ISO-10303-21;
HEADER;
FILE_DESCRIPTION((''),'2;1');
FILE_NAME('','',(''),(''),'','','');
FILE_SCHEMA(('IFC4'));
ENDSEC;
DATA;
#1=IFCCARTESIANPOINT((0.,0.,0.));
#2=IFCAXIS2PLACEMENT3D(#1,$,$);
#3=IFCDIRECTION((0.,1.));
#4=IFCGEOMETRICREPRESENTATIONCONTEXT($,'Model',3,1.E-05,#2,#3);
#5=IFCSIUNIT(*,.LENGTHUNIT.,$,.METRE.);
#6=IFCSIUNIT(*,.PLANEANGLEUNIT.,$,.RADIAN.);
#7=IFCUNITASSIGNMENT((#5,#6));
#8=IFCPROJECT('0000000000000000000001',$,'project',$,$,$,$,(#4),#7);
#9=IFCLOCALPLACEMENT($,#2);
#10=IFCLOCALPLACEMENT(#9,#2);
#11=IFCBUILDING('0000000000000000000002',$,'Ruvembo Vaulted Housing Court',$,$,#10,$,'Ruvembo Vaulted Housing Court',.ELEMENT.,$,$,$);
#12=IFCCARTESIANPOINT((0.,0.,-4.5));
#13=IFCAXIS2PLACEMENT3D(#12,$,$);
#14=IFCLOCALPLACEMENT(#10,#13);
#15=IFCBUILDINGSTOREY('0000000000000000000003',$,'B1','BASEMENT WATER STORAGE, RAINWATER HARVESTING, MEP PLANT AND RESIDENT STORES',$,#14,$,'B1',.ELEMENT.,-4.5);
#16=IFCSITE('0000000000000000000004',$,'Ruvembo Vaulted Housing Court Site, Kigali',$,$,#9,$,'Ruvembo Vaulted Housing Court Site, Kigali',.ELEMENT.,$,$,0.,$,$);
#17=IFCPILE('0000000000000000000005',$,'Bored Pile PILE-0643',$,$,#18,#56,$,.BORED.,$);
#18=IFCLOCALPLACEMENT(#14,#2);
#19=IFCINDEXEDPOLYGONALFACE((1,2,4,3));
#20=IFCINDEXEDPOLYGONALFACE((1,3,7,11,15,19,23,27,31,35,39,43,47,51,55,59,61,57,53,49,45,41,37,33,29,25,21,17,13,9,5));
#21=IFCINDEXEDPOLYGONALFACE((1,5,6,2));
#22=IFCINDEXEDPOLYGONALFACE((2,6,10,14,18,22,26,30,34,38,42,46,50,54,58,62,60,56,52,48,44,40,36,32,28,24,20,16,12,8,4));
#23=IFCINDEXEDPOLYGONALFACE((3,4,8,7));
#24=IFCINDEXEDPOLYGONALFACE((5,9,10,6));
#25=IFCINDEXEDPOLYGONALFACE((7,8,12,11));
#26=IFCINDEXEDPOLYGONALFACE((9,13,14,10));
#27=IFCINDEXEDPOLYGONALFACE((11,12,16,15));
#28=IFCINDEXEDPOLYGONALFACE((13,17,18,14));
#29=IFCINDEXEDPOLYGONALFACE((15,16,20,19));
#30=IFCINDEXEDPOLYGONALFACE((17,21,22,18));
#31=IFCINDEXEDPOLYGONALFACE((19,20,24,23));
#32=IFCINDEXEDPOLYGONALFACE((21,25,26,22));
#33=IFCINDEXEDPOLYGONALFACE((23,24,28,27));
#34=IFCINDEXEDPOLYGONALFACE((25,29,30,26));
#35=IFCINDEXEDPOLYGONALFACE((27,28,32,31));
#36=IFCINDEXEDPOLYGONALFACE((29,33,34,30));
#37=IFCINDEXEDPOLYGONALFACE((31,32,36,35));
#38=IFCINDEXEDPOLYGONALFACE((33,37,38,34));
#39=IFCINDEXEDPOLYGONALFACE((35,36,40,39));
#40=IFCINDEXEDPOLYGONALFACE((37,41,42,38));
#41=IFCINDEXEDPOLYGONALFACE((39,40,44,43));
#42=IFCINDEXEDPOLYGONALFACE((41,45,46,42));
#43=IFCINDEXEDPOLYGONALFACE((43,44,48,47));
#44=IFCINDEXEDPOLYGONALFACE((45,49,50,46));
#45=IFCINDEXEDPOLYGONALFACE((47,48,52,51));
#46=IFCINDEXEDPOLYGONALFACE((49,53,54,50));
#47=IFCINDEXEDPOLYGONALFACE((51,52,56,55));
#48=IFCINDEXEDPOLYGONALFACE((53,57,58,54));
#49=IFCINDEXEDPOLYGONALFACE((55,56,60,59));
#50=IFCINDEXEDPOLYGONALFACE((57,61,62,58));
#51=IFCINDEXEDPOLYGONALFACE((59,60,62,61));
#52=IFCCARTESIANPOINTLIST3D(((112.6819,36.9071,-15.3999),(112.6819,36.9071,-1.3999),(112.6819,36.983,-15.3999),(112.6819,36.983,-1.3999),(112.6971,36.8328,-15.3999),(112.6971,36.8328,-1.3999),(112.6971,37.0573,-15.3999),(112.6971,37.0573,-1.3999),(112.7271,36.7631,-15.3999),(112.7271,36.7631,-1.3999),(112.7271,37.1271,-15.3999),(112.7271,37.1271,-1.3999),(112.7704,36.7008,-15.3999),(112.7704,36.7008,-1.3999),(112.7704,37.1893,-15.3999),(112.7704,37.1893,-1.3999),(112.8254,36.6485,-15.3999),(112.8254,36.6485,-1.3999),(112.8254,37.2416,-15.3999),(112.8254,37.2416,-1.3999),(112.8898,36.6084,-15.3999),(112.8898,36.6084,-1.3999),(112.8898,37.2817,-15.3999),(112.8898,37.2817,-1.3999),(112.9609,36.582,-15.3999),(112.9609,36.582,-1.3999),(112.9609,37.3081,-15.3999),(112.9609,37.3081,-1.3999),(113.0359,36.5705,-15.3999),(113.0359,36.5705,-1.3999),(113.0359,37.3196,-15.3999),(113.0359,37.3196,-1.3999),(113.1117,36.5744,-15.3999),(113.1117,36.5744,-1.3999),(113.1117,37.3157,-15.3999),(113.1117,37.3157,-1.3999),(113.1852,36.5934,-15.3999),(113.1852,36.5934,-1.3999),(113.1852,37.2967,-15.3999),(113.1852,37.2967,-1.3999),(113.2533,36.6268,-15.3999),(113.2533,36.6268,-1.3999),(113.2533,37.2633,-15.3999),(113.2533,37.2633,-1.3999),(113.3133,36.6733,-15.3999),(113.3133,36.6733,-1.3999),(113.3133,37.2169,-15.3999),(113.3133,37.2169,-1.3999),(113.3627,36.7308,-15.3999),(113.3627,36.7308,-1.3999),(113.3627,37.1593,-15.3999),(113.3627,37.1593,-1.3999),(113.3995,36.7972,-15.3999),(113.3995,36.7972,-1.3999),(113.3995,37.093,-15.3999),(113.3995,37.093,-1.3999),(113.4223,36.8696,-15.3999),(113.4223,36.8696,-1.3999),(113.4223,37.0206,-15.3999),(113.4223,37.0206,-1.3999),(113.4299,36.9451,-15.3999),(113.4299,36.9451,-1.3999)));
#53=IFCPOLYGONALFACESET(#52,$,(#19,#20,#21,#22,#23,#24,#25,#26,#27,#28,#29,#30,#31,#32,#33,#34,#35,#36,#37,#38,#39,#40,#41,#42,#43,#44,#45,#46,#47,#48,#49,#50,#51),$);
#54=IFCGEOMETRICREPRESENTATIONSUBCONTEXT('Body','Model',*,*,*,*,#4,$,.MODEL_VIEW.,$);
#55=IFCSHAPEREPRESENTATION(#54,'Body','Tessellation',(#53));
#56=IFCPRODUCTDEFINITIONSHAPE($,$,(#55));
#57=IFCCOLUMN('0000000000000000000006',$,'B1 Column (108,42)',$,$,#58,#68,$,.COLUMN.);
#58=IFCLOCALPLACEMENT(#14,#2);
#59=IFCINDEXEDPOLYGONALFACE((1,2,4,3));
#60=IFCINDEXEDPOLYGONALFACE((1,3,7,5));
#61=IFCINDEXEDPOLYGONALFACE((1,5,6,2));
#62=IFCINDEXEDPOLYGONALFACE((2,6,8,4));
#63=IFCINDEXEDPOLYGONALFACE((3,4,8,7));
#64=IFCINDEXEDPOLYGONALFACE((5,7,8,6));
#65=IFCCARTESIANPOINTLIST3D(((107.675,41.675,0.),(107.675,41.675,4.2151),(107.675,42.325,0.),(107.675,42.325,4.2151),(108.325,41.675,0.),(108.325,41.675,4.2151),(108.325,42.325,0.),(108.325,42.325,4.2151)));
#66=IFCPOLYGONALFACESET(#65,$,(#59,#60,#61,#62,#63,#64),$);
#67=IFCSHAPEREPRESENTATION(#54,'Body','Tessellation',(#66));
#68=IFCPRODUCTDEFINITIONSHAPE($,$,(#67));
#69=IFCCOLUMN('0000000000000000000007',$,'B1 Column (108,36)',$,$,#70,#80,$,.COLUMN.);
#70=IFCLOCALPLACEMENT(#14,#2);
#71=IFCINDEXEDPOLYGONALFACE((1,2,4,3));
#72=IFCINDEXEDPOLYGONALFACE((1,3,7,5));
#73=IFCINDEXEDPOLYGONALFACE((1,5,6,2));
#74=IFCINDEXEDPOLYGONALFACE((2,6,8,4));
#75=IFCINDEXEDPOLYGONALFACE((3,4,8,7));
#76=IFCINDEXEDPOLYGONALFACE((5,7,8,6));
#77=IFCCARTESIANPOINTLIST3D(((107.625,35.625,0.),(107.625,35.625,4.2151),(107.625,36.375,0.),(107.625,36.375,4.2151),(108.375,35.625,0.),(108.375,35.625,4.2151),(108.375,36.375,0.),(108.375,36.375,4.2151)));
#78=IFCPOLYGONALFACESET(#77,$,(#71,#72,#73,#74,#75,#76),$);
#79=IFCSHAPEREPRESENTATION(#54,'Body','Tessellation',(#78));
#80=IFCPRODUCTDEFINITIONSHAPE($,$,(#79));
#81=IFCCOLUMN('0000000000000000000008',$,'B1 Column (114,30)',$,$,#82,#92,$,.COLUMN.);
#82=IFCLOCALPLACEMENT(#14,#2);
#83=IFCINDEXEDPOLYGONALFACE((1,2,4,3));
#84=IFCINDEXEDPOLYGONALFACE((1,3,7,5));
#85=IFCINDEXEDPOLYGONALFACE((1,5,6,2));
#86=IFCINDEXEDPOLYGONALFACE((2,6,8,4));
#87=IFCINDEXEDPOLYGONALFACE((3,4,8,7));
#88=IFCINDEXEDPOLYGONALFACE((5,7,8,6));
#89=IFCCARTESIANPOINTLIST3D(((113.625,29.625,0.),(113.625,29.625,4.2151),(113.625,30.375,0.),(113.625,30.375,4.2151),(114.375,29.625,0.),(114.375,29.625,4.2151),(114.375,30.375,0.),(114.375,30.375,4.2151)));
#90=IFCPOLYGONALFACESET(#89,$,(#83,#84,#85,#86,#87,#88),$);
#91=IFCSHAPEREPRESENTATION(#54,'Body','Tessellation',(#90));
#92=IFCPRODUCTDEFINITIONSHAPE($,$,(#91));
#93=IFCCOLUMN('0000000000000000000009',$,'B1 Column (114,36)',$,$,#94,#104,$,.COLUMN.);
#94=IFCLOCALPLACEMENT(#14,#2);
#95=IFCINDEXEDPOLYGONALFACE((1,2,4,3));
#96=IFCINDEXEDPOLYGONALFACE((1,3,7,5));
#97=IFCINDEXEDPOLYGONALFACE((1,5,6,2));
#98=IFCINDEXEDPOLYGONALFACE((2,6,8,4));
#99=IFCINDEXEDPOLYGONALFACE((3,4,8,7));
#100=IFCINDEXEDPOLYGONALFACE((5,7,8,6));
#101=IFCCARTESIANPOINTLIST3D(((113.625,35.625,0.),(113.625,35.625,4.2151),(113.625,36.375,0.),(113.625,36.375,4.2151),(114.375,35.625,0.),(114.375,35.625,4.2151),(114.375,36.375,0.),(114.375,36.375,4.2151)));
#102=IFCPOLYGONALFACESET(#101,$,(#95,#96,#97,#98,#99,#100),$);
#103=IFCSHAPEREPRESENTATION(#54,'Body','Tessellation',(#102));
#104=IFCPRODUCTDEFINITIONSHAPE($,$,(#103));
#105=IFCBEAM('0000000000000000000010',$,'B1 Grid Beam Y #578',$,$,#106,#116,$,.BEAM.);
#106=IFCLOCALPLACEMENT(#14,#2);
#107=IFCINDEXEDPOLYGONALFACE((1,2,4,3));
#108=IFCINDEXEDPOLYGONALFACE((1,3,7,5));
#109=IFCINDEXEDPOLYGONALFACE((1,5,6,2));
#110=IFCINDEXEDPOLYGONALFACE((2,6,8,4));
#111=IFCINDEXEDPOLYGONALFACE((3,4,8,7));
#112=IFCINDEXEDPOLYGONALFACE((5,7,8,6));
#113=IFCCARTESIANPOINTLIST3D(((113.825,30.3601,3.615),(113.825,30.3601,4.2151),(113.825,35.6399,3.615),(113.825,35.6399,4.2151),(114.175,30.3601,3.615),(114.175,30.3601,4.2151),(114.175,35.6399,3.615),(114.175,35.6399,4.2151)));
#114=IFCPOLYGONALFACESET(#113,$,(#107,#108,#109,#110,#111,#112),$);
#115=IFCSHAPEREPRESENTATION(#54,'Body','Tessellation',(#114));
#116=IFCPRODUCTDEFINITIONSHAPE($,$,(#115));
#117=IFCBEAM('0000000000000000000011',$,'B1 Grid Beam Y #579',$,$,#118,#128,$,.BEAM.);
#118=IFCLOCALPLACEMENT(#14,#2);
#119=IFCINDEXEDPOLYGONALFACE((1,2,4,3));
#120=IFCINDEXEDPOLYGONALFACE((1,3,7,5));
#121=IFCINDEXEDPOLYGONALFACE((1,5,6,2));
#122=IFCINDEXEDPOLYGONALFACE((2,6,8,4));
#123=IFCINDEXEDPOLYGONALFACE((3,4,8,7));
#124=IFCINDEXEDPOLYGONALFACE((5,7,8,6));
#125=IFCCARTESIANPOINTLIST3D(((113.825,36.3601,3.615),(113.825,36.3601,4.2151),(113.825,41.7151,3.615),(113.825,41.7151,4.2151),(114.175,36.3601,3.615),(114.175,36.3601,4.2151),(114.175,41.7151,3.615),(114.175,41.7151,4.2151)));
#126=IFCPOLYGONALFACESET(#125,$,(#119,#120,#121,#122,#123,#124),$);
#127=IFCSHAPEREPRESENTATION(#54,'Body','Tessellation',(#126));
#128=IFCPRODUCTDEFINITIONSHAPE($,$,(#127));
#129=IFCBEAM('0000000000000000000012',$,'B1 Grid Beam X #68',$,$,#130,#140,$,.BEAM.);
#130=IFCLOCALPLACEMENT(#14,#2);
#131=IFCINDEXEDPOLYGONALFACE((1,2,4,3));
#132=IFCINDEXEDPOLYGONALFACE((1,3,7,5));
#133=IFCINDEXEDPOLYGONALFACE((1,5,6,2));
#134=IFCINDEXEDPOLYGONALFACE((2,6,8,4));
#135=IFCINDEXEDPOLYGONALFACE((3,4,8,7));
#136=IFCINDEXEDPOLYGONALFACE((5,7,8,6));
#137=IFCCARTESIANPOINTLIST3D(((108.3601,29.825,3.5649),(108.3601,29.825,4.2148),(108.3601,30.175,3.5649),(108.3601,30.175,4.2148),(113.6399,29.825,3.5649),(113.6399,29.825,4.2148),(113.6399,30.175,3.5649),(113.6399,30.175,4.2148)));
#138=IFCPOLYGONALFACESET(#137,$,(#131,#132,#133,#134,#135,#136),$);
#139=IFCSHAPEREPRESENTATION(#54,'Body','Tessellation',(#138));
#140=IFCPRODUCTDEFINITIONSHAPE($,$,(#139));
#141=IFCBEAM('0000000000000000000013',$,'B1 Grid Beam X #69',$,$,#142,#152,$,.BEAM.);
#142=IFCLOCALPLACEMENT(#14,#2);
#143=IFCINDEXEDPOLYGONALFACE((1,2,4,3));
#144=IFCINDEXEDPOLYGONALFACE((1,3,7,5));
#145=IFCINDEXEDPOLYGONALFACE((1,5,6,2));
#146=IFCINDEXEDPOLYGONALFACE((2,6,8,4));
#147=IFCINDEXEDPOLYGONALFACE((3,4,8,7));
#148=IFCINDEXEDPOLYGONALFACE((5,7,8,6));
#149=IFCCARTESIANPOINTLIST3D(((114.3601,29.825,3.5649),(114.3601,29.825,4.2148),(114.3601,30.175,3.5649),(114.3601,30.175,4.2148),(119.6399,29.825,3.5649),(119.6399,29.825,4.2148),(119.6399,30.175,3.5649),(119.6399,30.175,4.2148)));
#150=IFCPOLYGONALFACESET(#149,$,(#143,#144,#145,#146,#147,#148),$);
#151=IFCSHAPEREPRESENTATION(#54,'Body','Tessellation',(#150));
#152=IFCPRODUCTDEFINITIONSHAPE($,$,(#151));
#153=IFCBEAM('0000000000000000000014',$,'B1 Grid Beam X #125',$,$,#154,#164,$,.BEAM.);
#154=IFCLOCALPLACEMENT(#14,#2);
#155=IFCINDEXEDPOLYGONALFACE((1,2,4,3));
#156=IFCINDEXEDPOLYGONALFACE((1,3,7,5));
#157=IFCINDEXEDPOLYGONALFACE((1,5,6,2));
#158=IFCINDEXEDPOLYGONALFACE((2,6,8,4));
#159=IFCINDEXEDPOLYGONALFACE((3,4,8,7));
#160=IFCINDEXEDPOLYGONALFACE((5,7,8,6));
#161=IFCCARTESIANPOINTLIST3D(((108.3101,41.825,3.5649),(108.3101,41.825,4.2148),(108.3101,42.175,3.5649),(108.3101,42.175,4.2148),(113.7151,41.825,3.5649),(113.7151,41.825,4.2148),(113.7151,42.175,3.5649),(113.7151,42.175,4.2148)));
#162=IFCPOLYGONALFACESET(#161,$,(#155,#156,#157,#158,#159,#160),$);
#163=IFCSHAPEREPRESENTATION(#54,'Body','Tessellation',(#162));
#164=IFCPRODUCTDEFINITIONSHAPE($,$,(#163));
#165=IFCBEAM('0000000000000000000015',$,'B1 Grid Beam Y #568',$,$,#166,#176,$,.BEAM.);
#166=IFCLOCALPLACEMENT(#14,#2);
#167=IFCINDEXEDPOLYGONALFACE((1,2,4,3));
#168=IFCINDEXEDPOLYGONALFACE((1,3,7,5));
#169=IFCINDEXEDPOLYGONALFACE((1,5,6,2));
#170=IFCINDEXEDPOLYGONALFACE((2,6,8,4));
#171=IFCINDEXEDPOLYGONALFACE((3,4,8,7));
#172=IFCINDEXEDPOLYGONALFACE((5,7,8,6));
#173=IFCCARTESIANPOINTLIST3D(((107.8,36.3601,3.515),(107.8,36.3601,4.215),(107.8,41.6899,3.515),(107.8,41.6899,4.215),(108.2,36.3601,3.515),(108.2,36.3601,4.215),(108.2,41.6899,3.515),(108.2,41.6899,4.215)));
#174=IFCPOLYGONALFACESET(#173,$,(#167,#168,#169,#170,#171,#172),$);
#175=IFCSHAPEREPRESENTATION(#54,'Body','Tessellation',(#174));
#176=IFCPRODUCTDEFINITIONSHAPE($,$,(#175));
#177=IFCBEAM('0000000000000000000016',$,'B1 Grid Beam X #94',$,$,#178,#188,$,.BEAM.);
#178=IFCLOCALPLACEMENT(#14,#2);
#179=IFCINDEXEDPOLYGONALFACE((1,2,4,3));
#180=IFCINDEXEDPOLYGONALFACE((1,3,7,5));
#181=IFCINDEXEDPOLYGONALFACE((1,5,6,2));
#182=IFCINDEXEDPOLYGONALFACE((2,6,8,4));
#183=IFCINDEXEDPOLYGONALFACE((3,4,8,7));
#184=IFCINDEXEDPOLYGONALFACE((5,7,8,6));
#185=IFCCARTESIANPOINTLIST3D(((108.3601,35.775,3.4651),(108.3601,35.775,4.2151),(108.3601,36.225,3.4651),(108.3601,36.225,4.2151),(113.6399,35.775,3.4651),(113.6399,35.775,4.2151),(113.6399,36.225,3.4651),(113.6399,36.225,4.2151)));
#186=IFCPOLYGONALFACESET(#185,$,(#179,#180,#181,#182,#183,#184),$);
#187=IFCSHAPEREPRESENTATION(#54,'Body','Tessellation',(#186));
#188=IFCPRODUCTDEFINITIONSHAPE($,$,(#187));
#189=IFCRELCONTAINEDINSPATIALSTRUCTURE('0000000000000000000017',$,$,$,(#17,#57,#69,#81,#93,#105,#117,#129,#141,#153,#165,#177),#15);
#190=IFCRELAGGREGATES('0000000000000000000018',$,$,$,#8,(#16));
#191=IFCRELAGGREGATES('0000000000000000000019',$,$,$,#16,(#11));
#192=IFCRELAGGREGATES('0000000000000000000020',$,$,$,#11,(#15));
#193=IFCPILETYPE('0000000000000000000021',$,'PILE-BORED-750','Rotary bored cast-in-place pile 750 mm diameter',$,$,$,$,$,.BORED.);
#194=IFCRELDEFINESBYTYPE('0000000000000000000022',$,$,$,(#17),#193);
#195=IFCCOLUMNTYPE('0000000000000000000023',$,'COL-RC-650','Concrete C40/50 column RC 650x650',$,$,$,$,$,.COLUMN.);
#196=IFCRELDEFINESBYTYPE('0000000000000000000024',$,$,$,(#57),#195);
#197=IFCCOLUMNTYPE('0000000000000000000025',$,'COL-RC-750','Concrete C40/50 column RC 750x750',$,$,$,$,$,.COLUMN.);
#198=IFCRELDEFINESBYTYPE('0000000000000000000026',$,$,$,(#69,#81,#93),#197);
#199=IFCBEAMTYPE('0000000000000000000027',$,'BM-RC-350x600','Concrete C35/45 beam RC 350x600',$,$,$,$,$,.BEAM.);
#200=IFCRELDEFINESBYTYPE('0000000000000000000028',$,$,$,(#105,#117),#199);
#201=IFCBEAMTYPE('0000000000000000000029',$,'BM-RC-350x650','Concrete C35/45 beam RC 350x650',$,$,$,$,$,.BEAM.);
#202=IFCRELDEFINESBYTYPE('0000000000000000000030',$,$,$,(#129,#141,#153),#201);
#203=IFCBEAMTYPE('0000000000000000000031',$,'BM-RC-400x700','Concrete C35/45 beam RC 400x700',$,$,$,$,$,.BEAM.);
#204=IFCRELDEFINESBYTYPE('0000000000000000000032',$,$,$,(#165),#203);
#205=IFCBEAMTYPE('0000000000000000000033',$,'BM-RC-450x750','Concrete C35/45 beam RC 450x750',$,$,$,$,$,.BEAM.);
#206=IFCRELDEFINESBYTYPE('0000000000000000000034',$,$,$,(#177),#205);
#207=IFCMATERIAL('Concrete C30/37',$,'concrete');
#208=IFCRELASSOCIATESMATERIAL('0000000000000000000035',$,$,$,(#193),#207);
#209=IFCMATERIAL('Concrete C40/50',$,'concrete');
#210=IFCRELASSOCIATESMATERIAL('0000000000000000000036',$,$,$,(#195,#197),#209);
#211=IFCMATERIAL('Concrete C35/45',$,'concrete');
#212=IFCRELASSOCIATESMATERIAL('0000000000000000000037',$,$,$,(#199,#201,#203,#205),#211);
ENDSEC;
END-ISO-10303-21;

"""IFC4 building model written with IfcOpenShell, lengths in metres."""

from ifc_helpers import new_model, si_unit, direction, frame, origin, origin_2d, place, context, subcontext, project, spatial, rectangle, circle, extrude, material, material_profile, profile_set, type_object, element, save


model = new_model("IFC4")

# Units and contexts
model_context = context("Model", 3, precision=1e-05, world=origin(), true_north=direction((0.0, 1.0)))
body_context = subcontext(model_context, "Body", "Model", "MODEL_VIEW")
ifc_project = project(units=[si_unit("LENGTHUNIT", "METRE"), si_unit("PLANEANGLEUNIT", "RADIAN")], contexts=[model_context])

# Site, building, storey
site_placement = place(None, origin())
site = spatial("IfcSite", under=ifc_project, at=site_placement, Name="Ruvembo Vaulted Housing Court Site, Kigali", LongName="Ruvembo Vaulted Housing Court Site, Kigali", CompositionType="ELEMENT", RefElevation=0.0)
building_placement = place(site_placement, origin())
building = spatial("IfcBuilding", under=site, at=building_placement, Name="Ruvembo Vaulted Housing Court", LongName="Ruvembo Vaulted Housing Court", CompositionType="ELEMENT")
storey_placement = place(building_placement, frame((0.0, 0.0, -4.5)))
storey = spatial("IfcBuildingStorey", under=building, at=storey_placement, Name="B1", Description="BASEMENT WATER STORAGE, RAINWATER HARVESTING, MEP PLANT AND RESIDENT STORES", LongName="B1", CompositionType="ELEMENT", Elevation=-4.5)

# Shared definitions
ifc_material_1 = material(Name="Concrete C35/45", Category="concrete")

# Pile
ifc_material_2 = material(Name="Concrete C30/37", Category="concrete")
ifc_material_profile_1 = material_profile(ifc_material_2, circle(Radius=0.375, at=origin_2d()), Name="PILE D750")
ifc_profile_set_1 = profile_set([ifc_material_profile_1], Name="Concrete C30/37")
pile_type_1 = type_object("IfcPileType", Name="PILE-BORED-750", Description="Rotary bored cast-in-place pile 750 mm diameter", PredefinedType="BORED", material=ifc_profile_set_1)
for number, where, z_axis, x_axis, name in (
    (1, (113.0549, 36.9451, -1.3999), (0.0, 0.0, -1.0), (1.0, 0.0, 0.0), "Bored Pile PILE-0643"),
):
    element("IfcPile", number, at=place(storey_placement, frame(where, z_axis=z_axis, x_axis=x_axis)), inside=storey, type_object=pile_type_1, Name=name, PredefinedType="BORED", context=body_context, shape_type="SweptSolid", body=[
        extrude(circle(Radius=0.375, at=origin_2d()), origin(), (0.0, 0.0, 1.0), 14.0),
    ])

# Columns
ifc_material_3 = material(Name="Concrete C40/50", Category="concrete")
ifc_material_profile_2 = material_profile(ifc_material_3, rectangle(XDim=0.6499, YDim=0.6499, at=origin_2d()), Name="RC 650x650")
ifc_profile_set_2 = profile_set([ifc_material_profile_2], Name="Concrete C40/50")
column_type_1 = type_object("IfcColumnType", Name="COL-RC-650", Description="Concrete C40/50 column RC 650x650", PredefinedType="COLUMN", material=ifc_profile_set_2)
column_placement = place(storey_placement, frame((108.0, 42.0, 0.0), z_axis=(0.0, 0.0, 1.0), x_axis=(1.0, 0.0, 0.0)))
element("IfcColumn", 2, at=column_placement, inside=storey, type_object=column_type_1, Name="B1 Column (108,42)", PredefinedType="COLUMN", context=body_context, shape_type="SweptSolid", body=[
    extrude(rectangle(XDim=0.6499, YDim=0.6499, at=origin_2d()), origin(), (0.0, 0.0, 1.0), 4.2151),
])
ifc_material_profile_3 = material_profile(ifc_material_3, rectangle(XDim=0.75, YDim=0.75, at=origin_2d()), Name="RC 750x750")
ifc_profile_set_3 = profile_set([ifc_material_profile_3], Name="Concrete C40/50")
column_type_2 = type_object("IfcColumnType", Name="COL-RC-750", Description="Concrete C40/50 column RC 750x750", PredefinedType="COLUMN", material=ifc_profile_set_3)
for number, where, z_axis, x_axis, name in (
    (3, (108.0, 36.0, 0.0), (0.0, 0.0, 1.0), (1.0, 0.0, 0.0), "B1 Column (108,36)"),
    (4, (114.0, 30.0, 0.0), (0.0, 0.0, 1.0), (1.0, 0.0, 0.0), "B1 Column (114,30)"),
    (5, (114.0, 36.0, 0.0), (0.0, 0.0, 1.0), (1.0, 0.0, 0.0), "B1 Column (114,36)"),
):
    element("IfcColumn", number, at=place(storey_placement, frame(where, z_axis=z_axis, x_axis=x_axis)), inside=storey, type_object=column_type_2, Name=name, PredefinedType="COLUMN", context=body_context, shape_type="SweptSolid", body=[
        extrude(rectangle(XDim=0.75, YDim=0.75, at=origin_2d()), origin(), (0.0, 0.0, 1.0), 4.2151),
    ])

# Beams
ifc_material_profile_4 = material_profile(ifc_material_1, rectangle(XDim=0.3501, YDim=0.6001, at=origin_2d()), Name="RC 350x600")
ifc_profile_set_4 = profile_set([ifc_material_profile_4], Name="Concrete C35/45")
beam_type_1 = type_object("IfcBeamType", Name="BM-RC-350x600", Description="Concrete C35/45 beam RC 350x600", PredefinedType="BEAM", material=ifc_profile_set_4)
beam_1_placement = place(storey_placement, frame((114.0, 30.3601, 3.915), z_axis=(0.0, 1.0, 0.0), x_axis=(-1.0, 0.0, 0.0)))
element("IfcBeam", 6, at=beam_1_placement, inside=storey, type_object=beam_type_1, Name="B1 Grid Beam Y #578", PredefinedType="BEAM", context=body_context, shape_type="SweptSolid", body=[
    extrude(rectangle(XDim=0.3501, YDim=0.6001, at=origin_2d()), origin(), (0.0, 0.0, 1.0), 5.2798),
])
beam_2_placement = place(storey_placement, frame((114.0, 36.3601, 3.915), z_axis=(0.0, 1.0, 0.0), x_axis=(-1.0, 0.0, 0.0)))
element("IfcBeam", 7, at=beam_2_placement, inside=storey, type_object=beam_type_1, Name="B1 Grid Beam Y #579", PredefinedType="BEAM", context=body_context, shape_type="SweptSolid", body=[
    extrude(rectangle(XDim=0.3501, YDim=0.6001, at=origin_2d()), origin(), (0.0, 0.0, 1.0), 5.355),
])
ifc_material_profile_5 = material_profile(ifc_material_1, rectangle(XDim=0.3501, YDim=0.6499, at=origin_2d()), Name="RC 350x650")
ifc_profile_set_5 = profile_set([ifc_material_profile_5], Name="Concrete C35/45")
beam_type_2 = type_object("IfcBeamType", Name="BM-RC-350x650", Description="Concrete C35/45 beam RC 350x650", PredefinedType="BEAM", material=ifc_profile_set_5)
for number, where, z_axis, x_axis, name in (
    (8, (108.3601, 30.0, 3.8899), (1.0, 0.0, 0.0), (0.0, 1.0, 0.0), "B1 Grid Beam X #68"),
    (9, (114.3601, 30.0, 3.8899), (1.0, 0.0, 0.0), (0.0, 1.0, 0.0), "B1 Grid Beam X #69"),
):
    element("IfcBeam", number, at=place(storey_placement, frame(where, z_axis=z_axis, x_axis=x_axis)), inside=storey, type_object=beam_type_2, Name=name, PredefinedType="BEAM", context=body_context, shape_type="SweptSolid", body=[
        extrude(rectangle(XDim=0.3501, YDim=0.6499, at=origin_2d()), origin(), (0.0, 0.0, 1.0), 5.2798),
    ])
beam_3_placement = place(storey_placement, frame((108.3101, 42.0, 3.8899), z_axis=(1.0, 0.0, 0.0), x_axis=(0.0, 1.0, 0.0)))
element("IfcBeam", 10, at=beam_3_placement, inside=storey, type_object=beam_type_2, Name="B1 Grid Beam X #125", PredefinedType="BEAM", context=body_context, shape_type="SweptSolid", body=[
    extrude(rectangle(XDim=0.3501, YDim=0.6499, at=origin_2d()), origin(), (0.0, 0.0, 1.0), 5.405),
])
ifc_material_profile_6 = material_profile(ifc_material_1, rectangle(XDim=0.3999, YDim=0.7, at=origin_2d()), Name="RC 400x700")
ifc_profile_set_6 = profile_set([ifc_material_profile_6], Name="Concrete C35/45")
beam_type_3 = type_object("IfcBeamType", Name="BM-RC-400x700", Description="Concrete C35/45 beam RC 400x700", PredefinedType="BEAM", material=ifc_profile_set_6)
beam_4_placement = place(storey_placement, frame((108.0, 36.3601, 3.865), z_axis=(0.0, 1.0, 0.0), x_axis=(-1.0, 0.0, 0.0)))
element("IfcBeam", 11, at=beam_4_placement, inside=storey, type_object=beam_type_3, Name="B1 Grid Beam Y #568", PredefinedType="BEAM", context=body_context, shape_type="SweptSolid", body=[
    extrude(rectangle(XDim=0.3999, YDim=0.7, at=origin_2d()), origin(), (0.0, 0.0, 1.0), 5.3298),
])
ifc_material_profile_7 = material_profile(ifc_material_1, rectangle(XDim=0.45, YDim=0.75, at=origin_2d()), Name="RC 450x750")
ifc_profile_set_7 = profile_set([ifc_material_profile_7], Name="Concrete C35/45")
beam_type_4 = type_object("IfcBeamType", Name="BM-RC-450x750", Description="Concrete C35/45 beam RC 450x750", PredefinedType="BEAM", material=ifc_profile_set_7)
for number, where, z_axis, x_axis, name in (
    (12, (108.3601, 36.0, 3.8401), (1.0, 0.0, 0.0), (0.0, 1.0, 0.0), "B1 Grid Beam X #94"),
):
    element("IfcBeam", number, at=place(storey_placement, frame(where, z_axis=z_axis, x_axis=x_axis)), inside=storey, type_object=beam_type_4, Name=name, PredefinedType="BEAM", context=body_context, shape_type="SweptSolid", body=[
        extrude(rectangle(XDim=0.45, YDim=0.75, at=origin_2d()), origin(), (0.0, 0.0, 1.0), 5.2798),
    ])

save(model, "model.ifc")
